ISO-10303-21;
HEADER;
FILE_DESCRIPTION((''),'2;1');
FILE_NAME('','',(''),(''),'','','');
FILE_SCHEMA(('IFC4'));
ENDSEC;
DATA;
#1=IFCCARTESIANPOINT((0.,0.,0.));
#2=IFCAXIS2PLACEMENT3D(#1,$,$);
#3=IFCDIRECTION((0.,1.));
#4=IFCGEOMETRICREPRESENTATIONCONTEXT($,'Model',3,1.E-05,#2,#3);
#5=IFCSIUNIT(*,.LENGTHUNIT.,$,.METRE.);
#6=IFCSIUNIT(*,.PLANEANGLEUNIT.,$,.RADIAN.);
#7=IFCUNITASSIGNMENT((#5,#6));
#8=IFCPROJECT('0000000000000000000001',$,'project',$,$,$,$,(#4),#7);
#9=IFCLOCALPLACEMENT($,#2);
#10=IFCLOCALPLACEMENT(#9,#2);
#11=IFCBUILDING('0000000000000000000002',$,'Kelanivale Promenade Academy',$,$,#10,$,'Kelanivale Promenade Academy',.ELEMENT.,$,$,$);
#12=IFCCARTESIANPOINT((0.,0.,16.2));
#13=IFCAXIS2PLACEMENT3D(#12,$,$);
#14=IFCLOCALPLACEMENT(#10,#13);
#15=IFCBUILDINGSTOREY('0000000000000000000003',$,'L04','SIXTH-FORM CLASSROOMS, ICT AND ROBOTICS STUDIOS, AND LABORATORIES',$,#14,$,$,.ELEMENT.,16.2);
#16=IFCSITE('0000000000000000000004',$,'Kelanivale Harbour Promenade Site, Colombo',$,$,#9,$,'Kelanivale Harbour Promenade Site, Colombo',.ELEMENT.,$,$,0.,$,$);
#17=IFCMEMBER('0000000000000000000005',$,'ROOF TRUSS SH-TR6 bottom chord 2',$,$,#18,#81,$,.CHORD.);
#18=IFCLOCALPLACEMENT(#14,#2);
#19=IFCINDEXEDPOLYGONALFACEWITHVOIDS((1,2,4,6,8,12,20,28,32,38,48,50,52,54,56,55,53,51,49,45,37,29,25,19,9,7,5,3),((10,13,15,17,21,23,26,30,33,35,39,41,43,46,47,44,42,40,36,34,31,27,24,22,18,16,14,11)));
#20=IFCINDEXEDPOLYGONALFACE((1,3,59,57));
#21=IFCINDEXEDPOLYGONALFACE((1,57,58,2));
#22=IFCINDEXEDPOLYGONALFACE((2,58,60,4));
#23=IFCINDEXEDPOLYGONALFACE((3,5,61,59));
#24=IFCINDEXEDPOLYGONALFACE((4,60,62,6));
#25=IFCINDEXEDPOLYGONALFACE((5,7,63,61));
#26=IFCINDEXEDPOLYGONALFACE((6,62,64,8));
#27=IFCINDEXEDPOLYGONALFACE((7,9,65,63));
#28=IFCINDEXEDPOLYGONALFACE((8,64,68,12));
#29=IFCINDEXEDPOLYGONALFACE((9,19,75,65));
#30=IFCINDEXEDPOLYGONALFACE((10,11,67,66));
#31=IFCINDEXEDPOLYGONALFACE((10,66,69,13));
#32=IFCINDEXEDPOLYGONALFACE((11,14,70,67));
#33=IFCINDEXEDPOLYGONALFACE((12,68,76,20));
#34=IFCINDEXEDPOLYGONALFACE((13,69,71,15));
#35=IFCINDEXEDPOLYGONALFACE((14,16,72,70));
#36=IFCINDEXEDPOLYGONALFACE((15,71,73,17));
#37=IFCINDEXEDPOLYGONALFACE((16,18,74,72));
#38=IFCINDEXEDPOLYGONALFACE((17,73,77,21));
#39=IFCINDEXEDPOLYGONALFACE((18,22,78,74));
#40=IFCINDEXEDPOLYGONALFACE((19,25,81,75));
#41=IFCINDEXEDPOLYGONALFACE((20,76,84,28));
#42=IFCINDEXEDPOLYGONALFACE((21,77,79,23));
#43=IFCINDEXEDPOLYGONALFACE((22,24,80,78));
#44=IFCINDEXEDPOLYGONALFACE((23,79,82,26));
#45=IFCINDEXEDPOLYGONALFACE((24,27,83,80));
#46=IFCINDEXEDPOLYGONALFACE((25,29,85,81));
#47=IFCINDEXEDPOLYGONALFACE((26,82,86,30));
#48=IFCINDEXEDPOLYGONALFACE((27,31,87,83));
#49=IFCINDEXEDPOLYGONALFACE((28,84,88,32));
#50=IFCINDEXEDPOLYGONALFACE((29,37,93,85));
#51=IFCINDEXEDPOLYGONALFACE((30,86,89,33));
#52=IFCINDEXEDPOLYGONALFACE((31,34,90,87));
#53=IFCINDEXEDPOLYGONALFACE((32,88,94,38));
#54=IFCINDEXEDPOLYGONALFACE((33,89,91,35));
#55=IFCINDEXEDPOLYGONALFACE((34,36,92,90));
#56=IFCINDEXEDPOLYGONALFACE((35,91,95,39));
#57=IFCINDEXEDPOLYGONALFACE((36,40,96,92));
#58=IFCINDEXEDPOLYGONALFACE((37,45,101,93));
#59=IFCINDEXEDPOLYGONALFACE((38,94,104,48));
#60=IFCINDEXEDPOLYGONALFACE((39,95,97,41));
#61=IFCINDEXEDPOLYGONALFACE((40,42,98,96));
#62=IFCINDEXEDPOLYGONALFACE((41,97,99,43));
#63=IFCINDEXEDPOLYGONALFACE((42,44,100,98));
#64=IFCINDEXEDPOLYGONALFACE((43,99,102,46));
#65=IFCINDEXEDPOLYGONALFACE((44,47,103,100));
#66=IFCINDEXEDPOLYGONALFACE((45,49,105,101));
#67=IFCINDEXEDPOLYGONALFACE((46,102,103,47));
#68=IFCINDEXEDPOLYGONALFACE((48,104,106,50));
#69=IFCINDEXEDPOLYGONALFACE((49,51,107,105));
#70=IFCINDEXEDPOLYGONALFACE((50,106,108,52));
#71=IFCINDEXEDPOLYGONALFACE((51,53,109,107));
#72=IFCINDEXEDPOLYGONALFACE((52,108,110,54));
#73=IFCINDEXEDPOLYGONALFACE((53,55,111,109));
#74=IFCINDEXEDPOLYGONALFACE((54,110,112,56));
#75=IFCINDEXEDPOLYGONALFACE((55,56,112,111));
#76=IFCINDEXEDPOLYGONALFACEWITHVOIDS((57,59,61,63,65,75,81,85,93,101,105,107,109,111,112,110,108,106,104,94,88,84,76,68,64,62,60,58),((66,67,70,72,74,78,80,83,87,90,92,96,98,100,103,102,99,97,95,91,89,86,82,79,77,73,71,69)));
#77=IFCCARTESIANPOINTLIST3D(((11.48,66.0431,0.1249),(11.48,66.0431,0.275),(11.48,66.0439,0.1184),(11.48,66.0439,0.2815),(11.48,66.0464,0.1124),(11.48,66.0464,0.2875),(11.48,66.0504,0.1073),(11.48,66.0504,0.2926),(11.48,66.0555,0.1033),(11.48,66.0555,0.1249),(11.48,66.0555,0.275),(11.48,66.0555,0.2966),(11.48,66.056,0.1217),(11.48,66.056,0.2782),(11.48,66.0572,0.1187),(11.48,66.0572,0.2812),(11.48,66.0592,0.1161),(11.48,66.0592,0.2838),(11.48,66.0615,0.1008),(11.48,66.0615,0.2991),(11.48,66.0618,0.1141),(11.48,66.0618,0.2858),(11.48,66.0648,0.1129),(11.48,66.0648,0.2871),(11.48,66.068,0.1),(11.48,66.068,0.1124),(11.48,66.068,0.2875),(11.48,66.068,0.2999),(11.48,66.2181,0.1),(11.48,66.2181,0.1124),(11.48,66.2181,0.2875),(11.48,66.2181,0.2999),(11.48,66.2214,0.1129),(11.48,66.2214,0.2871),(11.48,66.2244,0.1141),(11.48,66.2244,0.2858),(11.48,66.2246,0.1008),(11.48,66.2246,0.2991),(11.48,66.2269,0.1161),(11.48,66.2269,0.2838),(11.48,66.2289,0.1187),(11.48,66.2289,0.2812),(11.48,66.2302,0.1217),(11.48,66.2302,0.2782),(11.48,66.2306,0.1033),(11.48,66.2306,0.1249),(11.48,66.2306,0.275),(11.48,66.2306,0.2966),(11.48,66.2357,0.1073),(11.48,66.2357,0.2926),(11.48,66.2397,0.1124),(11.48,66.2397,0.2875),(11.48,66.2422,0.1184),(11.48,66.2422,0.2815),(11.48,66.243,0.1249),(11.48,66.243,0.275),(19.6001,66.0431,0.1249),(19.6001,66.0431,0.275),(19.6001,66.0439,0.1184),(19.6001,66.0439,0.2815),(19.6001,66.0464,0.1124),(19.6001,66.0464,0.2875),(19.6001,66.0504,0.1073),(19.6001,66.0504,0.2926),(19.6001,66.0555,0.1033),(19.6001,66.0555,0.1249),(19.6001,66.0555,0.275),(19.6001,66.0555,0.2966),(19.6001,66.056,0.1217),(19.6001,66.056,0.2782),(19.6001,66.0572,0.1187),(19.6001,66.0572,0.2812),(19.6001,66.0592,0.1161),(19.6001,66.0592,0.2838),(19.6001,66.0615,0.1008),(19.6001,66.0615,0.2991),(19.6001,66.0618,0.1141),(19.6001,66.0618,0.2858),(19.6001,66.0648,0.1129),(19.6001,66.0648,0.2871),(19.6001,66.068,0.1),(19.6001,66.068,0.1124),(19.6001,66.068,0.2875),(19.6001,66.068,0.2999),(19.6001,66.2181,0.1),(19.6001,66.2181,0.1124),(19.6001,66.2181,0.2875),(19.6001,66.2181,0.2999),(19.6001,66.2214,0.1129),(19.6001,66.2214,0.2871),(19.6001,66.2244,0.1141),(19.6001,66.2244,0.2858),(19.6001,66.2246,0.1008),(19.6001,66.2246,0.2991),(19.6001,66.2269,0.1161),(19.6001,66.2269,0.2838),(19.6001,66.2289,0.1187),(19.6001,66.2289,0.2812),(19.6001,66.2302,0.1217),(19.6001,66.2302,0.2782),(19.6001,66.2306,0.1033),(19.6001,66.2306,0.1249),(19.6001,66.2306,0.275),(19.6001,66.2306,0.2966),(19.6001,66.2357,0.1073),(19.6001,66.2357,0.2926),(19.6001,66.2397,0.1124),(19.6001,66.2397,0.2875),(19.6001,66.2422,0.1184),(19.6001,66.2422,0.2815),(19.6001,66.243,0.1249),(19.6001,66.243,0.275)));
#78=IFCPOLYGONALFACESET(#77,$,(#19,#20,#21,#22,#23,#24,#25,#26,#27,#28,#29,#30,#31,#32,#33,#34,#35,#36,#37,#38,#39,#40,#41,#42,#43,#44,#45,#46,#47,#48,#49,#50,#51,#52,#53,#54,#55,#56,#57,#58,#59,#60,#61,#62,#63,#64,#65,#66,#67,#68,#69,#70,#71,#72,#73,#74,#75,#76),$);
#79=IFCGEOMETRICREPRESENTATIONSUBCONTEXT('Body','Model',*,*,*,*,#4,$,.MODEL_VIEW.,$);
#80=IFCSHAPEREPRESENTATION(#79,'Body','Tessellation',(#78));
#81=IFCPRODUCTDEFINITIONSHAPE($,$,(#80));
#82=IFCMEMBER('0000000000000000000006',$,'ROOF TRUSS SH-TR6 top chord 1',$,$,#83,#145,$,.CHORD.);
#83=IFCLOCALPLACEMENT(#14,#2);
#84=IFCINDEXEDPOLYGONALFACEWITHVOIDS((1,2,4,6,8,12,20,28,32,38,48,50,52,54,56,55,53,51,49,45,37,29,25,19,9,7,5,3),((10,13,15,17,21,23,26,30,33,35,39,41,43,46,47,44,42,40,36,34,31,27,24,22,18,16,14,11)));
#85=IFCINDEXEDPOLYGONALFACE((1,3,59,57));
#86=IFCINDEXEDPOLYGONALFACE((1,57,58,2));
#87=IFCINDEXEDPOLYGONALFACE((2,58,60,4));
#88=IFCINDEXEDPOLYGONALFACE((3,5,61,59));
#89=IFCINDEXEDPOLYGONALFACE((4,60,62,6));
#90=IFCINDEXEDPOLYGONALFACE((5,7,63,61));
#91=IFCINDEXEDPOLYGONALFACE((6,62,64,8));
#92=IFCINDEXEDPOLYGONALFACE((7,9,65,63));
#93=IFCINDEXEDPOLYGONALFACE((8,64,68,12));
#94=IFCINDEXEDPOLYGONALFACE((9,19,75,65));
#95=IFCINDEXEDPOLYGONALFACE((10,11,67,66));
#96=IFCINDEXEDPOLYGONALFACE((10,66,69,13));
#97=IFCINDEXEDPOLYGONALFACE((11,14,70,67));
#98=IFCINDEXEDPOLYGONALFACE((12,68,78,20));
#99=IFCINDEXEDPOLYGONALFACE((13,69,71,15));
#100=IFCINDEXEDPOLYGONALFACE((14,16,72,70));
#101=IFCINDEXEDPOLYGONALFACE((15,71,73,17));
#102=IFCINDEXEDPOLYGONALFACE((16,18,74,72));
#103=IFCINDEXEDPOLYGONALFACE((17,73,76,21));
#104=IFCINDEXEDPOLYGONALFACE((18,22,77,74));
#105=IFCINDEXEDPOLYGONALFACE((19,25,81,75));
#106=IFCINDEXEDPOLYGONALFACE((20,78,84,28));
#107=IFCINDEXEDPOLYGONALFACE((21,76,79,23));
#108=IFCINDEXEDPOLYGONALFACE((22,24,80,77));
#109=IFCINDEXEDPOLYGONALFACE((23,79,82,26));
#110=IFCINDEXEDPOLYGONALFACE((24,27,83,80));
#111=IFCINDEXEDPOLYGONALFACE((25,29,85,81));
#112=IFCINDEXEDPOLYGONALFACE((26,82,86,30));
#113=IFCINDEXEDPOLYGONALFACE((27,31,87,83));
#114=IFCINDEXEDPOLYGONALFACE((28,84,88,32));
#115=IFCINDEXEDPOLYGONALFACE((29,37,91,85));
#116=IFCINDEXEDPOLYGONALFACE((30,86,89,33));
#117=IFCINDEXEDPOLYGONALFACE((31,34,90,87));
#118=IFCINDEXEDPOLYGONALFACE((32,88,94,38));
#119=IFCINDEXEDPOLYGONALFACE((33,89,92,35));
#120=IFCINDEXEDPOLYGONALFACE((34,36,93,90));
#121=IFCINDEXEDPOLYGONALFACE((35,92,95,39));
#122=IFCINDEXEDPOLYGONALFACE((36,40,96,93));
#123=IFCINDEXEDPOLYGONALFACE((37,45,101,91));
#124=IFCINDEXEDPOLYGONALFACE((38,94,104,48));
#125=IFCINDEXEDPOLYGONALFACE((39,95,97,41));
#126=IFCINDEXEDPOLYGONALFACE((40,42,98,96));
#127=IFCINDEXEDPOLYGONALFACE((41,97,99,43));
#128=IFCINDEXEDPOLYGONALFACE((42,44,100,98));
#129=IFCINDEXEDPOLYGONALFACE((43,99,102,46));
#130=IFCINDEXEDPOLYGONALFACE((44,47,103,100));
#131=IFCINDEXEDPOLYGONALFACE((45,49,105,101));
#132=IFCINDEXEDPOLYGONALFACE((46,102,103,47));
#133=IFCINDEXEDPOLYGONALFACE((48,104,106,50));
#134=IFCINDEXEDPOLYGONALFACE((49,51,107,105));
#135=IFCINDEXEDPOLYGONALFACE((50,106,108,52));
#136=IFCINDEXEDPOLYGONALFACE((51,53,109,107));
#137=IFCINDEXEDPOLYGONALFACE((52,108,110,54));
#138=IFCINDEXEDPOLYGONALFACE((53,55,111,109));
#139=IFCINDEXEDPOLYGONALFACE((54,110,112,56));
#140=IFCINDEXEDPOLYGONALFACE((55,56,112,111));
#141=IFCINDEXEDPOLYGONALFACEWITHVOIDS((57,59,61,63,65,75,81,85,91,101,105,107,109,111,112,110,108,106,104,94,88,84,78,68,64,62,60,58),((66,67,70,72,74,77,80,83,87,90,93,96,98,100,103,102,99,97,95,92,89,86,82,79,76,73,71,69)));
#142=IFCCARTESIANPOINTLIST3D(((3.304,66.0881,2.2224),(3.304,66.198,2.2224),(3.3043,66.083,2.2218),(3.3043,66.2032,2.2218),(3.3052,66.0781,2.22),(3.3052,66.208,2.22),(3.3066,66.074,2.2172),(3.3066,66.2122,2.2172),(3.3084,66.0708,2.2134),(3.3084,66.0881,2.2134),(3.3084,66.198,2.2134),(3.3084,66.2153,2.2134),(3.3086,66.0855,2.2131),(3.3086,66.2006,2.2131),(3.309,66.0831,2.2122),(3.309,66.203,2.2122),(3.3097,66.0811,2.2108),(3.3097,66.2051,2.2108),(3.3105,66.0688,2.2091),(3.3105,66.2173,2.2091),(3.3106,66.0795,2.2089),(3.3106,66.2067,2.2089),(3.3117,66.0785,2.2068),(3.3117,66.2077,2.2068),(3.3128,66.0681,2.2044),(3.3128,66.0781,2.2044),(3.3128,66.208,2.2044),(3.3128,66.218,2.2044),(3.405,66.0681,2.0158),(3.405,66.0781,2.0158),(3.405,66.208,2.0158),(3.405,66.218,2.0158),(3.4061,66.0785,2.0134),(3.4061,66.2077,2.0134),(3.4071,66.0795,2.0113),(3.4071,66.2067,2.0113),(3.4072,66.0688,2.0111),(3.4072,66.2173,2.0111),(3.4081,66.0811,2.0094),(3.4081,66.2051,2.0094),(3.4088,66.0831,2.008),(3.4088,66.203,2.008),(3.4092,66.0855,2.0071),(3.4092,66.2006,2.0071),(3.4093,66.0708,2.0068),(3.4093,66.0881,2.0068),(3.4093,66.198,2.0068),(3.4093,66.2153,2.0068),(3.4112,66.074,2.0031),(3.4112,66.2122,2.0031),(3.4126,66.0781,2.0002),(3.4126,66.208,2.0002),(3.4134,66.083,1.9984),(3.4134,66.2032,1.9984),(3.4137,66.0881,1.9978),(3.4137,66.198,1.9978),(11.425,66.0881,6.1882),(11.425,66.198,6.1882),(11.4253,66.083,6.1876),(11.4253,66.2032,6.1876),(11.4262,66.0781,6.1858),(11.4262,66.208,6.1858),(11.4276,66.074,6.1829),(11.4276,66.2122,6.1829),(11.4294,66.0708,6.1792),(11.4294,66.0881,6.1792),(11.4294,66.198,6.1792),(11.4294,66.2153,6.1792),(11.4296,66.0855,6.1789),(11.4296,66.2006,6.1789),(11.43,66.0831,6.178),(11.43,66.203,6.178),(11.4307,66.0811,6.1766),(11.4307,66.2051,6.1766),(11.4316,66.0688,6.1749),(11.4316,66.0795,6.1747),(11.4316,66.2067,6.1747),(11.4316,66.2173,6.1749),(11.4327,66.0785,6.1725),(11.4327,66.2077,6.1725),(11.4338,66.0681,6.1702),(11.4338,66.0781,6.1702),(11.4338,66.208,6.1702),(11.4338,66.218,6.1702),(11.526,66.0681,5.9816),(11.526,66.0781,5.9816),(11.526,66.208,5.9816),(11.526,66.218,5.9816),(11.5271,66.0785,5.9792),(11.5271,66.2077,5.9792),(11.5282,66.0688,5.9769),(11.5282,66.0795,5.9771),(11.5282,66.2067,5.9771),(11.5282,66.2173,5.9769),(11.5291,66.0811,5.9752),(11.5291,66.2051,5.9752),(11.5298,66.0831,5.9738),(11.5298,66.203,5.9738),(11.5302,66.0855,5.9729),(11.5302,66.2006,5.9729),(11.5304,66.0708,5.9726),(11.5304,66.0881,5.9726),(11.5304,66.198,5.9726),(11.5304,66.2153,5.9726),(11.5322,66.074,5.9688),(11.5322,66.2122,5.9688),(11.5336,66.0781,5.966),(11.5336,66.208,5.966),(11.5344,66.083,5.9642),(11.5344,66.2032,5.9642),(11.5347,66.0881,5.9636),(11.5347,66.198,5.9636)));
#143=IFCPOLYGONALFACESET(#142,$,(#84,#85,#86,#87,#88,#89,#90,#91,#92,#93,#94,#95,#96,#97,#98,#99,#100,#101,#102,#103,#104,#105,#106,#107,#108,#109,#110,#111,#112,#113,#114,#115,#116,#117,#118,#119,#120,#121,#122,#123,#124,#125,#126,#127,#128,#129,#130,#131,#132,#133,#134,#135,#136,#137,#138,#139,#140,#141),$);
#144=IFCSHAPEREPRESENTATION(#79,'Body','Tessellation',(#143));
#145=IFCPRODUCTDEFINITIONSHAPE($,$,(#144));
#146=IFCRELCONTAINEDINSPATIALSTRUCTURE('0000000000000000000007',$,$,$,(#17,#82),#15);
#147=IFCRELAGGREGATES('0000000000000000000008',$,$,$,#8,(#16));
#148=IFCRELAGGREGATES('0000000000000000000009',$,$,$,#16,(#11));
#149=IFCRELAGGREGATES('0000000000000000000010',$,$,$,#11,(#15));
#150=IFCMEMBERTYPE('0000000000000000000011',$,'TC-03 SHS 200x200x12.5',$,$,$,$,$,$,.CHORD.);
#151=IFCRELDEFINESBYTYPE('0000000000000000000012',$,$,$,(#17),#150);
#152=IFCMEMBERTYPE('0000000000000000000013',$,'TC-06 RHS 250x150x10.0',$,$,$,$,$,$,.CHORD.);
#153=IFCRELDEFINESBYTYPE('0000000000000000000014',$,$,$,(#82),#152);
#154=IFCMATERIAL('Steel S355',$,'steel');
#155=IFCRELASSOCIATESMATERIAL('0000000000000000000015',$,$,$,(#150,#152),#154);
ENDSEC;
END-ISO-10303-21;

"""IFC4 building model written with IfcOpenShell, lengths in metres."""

from ifc_helpers import new_model, si_unit, direction, frame, origin, origin_2d, place, context, subcontext, project, spatial, hollow_rectangle, extrude, material, material_profile, profile_set, type_object, element, save


model = new_model("IFC4")

# Units and contexts
model_context = context("Model", 3, precision=1e-05, world=origin(), true_north=direction((0.0, 1.0)))
body_context = subcontext(model_context, "Body", "Model", "MODEL_VIEW")
ifc_project = project(units=[si_unit("LENGTHUNIT", "METRE"), si_unit("PLANEANGLEUNIT", "RADIAN")], contexts=[model_context])

# Site, building, storey
site_placement = place(None, origin())
site = spatial("IfcSite", under=ifc_project, at=site_placement, Name="Kelanivale Harbour Promenade Site, Colombo", LongName="Kelanivale Harbour Promenade Site, Colombo", CompositionType="ELEMENT", RefElevation=0.0)
building_placement = place(site_placement, origin())
building = spatial("IfcBuilding", under=site, at=building_placement, Name="Kelanivale Promenade Academy", LongName="Kelanivale Promenade Academy", CompositionType="ELEMENT")
storey_placement = place(building_placement, frame((0.0, 0.0, 16.2)))
storey = spatial("IfcBuildingStorey", under=building, at=storey_placement, Name="L04", Description="SIXTH-FORM CLASSROOMS, ICT AND ROBOTICS STUDIOS, AND LABORATORIES", CompositionType="ELEMENT", Elevation=16.2)

# Shared definitions
ifc_material_1 = material(Name="Steel S355", Category="steel")

# Members
ifc_material_profile_1 = material_profile(ifc_material_1, hollow_rectangle(XDim=0.2, YDim=0.2, WallThickness=0.0125, InnerFilletRadius=0.0125, OuterFilletRadius=0.0249, at=origin_2d()), Name="SHS 200x200x12.5")
ifc_profile_set_1 = profile_set([ifc_material_profile_1], Name="Steel S355")
member_type_1 = type_object("IfcMemberType", Name="TC-03 SHS 200x200x12.5", PredefinedType="CHORD", material=ifc_profile_set_1)
member_1_placement = place(storey_placement, frame((11.48, 66.1431, 0.2), z_axis=(1.0, 0.0, 0.0), x_axis=(0.0, 1.0, 0.0)))
element("IfcMember", 1, at=member_1_placement, inside=storey, type_object=member_type_1, Name="ROOF TRUSS SH-TR6 bottom chord 2", PredefinedType="CHORD", context=body_context, shape_type="SweptSolid", body=[
    extrude(hollow_rectangle(XDim=0.2, YDim=0.2, WallThickness=0.0125, InnerFilletRadius=0.0125, OuterFilletRadius=0.0249, at=origin_2d()), origin(), (0.0, 0.0, 1.0), 8.1201),
])
ifc_material_profile_2 = material_profile(ifc_material_1, hollow_rectangle(XDim=0.1499, YDim=0.25, WallThickness=0.01, InnerFilletRadius=0.01, OuterFilletRadius=0.02, at=origin_2d()), Name="RHS 250x150x10.0")
ifc_profile_set_2 = profile_set([ifc_material_profile_2], Name="Steel S355")
member_type_2 = type_object("IfcMemberType", Name="TC-06 RHS 250x150x10.0", PredefinedType="CHORD", material=ifc_profile_set_2)
member_2_placement = place(storey_placement, frame((3.3589, 66.1431, 2.1101), z_axis=(0.89858, 0.0, 0.438809), x_axis=(0.0, 1.0, 0.0)))
element("IfcMember", 2, at=member_2_placement, inside=storey, type_object=member_type_2, Name="ROOF TRUSS SH-TR6 top chord 1", PredefinedType="CHORD", context=body_context, shape_type="SweptSolid", body=[
    extrude(hollow_rectangle(XDim=0.1499, YDim=0.25, WallThickness=0.01, InnerFilletRadius=0.01, OuterFilletRadius=0.02, at=origin_2d()), origin(), (0.0, 0.0, 1.0), 9.0376),
])

save(model, "model.ifc")
